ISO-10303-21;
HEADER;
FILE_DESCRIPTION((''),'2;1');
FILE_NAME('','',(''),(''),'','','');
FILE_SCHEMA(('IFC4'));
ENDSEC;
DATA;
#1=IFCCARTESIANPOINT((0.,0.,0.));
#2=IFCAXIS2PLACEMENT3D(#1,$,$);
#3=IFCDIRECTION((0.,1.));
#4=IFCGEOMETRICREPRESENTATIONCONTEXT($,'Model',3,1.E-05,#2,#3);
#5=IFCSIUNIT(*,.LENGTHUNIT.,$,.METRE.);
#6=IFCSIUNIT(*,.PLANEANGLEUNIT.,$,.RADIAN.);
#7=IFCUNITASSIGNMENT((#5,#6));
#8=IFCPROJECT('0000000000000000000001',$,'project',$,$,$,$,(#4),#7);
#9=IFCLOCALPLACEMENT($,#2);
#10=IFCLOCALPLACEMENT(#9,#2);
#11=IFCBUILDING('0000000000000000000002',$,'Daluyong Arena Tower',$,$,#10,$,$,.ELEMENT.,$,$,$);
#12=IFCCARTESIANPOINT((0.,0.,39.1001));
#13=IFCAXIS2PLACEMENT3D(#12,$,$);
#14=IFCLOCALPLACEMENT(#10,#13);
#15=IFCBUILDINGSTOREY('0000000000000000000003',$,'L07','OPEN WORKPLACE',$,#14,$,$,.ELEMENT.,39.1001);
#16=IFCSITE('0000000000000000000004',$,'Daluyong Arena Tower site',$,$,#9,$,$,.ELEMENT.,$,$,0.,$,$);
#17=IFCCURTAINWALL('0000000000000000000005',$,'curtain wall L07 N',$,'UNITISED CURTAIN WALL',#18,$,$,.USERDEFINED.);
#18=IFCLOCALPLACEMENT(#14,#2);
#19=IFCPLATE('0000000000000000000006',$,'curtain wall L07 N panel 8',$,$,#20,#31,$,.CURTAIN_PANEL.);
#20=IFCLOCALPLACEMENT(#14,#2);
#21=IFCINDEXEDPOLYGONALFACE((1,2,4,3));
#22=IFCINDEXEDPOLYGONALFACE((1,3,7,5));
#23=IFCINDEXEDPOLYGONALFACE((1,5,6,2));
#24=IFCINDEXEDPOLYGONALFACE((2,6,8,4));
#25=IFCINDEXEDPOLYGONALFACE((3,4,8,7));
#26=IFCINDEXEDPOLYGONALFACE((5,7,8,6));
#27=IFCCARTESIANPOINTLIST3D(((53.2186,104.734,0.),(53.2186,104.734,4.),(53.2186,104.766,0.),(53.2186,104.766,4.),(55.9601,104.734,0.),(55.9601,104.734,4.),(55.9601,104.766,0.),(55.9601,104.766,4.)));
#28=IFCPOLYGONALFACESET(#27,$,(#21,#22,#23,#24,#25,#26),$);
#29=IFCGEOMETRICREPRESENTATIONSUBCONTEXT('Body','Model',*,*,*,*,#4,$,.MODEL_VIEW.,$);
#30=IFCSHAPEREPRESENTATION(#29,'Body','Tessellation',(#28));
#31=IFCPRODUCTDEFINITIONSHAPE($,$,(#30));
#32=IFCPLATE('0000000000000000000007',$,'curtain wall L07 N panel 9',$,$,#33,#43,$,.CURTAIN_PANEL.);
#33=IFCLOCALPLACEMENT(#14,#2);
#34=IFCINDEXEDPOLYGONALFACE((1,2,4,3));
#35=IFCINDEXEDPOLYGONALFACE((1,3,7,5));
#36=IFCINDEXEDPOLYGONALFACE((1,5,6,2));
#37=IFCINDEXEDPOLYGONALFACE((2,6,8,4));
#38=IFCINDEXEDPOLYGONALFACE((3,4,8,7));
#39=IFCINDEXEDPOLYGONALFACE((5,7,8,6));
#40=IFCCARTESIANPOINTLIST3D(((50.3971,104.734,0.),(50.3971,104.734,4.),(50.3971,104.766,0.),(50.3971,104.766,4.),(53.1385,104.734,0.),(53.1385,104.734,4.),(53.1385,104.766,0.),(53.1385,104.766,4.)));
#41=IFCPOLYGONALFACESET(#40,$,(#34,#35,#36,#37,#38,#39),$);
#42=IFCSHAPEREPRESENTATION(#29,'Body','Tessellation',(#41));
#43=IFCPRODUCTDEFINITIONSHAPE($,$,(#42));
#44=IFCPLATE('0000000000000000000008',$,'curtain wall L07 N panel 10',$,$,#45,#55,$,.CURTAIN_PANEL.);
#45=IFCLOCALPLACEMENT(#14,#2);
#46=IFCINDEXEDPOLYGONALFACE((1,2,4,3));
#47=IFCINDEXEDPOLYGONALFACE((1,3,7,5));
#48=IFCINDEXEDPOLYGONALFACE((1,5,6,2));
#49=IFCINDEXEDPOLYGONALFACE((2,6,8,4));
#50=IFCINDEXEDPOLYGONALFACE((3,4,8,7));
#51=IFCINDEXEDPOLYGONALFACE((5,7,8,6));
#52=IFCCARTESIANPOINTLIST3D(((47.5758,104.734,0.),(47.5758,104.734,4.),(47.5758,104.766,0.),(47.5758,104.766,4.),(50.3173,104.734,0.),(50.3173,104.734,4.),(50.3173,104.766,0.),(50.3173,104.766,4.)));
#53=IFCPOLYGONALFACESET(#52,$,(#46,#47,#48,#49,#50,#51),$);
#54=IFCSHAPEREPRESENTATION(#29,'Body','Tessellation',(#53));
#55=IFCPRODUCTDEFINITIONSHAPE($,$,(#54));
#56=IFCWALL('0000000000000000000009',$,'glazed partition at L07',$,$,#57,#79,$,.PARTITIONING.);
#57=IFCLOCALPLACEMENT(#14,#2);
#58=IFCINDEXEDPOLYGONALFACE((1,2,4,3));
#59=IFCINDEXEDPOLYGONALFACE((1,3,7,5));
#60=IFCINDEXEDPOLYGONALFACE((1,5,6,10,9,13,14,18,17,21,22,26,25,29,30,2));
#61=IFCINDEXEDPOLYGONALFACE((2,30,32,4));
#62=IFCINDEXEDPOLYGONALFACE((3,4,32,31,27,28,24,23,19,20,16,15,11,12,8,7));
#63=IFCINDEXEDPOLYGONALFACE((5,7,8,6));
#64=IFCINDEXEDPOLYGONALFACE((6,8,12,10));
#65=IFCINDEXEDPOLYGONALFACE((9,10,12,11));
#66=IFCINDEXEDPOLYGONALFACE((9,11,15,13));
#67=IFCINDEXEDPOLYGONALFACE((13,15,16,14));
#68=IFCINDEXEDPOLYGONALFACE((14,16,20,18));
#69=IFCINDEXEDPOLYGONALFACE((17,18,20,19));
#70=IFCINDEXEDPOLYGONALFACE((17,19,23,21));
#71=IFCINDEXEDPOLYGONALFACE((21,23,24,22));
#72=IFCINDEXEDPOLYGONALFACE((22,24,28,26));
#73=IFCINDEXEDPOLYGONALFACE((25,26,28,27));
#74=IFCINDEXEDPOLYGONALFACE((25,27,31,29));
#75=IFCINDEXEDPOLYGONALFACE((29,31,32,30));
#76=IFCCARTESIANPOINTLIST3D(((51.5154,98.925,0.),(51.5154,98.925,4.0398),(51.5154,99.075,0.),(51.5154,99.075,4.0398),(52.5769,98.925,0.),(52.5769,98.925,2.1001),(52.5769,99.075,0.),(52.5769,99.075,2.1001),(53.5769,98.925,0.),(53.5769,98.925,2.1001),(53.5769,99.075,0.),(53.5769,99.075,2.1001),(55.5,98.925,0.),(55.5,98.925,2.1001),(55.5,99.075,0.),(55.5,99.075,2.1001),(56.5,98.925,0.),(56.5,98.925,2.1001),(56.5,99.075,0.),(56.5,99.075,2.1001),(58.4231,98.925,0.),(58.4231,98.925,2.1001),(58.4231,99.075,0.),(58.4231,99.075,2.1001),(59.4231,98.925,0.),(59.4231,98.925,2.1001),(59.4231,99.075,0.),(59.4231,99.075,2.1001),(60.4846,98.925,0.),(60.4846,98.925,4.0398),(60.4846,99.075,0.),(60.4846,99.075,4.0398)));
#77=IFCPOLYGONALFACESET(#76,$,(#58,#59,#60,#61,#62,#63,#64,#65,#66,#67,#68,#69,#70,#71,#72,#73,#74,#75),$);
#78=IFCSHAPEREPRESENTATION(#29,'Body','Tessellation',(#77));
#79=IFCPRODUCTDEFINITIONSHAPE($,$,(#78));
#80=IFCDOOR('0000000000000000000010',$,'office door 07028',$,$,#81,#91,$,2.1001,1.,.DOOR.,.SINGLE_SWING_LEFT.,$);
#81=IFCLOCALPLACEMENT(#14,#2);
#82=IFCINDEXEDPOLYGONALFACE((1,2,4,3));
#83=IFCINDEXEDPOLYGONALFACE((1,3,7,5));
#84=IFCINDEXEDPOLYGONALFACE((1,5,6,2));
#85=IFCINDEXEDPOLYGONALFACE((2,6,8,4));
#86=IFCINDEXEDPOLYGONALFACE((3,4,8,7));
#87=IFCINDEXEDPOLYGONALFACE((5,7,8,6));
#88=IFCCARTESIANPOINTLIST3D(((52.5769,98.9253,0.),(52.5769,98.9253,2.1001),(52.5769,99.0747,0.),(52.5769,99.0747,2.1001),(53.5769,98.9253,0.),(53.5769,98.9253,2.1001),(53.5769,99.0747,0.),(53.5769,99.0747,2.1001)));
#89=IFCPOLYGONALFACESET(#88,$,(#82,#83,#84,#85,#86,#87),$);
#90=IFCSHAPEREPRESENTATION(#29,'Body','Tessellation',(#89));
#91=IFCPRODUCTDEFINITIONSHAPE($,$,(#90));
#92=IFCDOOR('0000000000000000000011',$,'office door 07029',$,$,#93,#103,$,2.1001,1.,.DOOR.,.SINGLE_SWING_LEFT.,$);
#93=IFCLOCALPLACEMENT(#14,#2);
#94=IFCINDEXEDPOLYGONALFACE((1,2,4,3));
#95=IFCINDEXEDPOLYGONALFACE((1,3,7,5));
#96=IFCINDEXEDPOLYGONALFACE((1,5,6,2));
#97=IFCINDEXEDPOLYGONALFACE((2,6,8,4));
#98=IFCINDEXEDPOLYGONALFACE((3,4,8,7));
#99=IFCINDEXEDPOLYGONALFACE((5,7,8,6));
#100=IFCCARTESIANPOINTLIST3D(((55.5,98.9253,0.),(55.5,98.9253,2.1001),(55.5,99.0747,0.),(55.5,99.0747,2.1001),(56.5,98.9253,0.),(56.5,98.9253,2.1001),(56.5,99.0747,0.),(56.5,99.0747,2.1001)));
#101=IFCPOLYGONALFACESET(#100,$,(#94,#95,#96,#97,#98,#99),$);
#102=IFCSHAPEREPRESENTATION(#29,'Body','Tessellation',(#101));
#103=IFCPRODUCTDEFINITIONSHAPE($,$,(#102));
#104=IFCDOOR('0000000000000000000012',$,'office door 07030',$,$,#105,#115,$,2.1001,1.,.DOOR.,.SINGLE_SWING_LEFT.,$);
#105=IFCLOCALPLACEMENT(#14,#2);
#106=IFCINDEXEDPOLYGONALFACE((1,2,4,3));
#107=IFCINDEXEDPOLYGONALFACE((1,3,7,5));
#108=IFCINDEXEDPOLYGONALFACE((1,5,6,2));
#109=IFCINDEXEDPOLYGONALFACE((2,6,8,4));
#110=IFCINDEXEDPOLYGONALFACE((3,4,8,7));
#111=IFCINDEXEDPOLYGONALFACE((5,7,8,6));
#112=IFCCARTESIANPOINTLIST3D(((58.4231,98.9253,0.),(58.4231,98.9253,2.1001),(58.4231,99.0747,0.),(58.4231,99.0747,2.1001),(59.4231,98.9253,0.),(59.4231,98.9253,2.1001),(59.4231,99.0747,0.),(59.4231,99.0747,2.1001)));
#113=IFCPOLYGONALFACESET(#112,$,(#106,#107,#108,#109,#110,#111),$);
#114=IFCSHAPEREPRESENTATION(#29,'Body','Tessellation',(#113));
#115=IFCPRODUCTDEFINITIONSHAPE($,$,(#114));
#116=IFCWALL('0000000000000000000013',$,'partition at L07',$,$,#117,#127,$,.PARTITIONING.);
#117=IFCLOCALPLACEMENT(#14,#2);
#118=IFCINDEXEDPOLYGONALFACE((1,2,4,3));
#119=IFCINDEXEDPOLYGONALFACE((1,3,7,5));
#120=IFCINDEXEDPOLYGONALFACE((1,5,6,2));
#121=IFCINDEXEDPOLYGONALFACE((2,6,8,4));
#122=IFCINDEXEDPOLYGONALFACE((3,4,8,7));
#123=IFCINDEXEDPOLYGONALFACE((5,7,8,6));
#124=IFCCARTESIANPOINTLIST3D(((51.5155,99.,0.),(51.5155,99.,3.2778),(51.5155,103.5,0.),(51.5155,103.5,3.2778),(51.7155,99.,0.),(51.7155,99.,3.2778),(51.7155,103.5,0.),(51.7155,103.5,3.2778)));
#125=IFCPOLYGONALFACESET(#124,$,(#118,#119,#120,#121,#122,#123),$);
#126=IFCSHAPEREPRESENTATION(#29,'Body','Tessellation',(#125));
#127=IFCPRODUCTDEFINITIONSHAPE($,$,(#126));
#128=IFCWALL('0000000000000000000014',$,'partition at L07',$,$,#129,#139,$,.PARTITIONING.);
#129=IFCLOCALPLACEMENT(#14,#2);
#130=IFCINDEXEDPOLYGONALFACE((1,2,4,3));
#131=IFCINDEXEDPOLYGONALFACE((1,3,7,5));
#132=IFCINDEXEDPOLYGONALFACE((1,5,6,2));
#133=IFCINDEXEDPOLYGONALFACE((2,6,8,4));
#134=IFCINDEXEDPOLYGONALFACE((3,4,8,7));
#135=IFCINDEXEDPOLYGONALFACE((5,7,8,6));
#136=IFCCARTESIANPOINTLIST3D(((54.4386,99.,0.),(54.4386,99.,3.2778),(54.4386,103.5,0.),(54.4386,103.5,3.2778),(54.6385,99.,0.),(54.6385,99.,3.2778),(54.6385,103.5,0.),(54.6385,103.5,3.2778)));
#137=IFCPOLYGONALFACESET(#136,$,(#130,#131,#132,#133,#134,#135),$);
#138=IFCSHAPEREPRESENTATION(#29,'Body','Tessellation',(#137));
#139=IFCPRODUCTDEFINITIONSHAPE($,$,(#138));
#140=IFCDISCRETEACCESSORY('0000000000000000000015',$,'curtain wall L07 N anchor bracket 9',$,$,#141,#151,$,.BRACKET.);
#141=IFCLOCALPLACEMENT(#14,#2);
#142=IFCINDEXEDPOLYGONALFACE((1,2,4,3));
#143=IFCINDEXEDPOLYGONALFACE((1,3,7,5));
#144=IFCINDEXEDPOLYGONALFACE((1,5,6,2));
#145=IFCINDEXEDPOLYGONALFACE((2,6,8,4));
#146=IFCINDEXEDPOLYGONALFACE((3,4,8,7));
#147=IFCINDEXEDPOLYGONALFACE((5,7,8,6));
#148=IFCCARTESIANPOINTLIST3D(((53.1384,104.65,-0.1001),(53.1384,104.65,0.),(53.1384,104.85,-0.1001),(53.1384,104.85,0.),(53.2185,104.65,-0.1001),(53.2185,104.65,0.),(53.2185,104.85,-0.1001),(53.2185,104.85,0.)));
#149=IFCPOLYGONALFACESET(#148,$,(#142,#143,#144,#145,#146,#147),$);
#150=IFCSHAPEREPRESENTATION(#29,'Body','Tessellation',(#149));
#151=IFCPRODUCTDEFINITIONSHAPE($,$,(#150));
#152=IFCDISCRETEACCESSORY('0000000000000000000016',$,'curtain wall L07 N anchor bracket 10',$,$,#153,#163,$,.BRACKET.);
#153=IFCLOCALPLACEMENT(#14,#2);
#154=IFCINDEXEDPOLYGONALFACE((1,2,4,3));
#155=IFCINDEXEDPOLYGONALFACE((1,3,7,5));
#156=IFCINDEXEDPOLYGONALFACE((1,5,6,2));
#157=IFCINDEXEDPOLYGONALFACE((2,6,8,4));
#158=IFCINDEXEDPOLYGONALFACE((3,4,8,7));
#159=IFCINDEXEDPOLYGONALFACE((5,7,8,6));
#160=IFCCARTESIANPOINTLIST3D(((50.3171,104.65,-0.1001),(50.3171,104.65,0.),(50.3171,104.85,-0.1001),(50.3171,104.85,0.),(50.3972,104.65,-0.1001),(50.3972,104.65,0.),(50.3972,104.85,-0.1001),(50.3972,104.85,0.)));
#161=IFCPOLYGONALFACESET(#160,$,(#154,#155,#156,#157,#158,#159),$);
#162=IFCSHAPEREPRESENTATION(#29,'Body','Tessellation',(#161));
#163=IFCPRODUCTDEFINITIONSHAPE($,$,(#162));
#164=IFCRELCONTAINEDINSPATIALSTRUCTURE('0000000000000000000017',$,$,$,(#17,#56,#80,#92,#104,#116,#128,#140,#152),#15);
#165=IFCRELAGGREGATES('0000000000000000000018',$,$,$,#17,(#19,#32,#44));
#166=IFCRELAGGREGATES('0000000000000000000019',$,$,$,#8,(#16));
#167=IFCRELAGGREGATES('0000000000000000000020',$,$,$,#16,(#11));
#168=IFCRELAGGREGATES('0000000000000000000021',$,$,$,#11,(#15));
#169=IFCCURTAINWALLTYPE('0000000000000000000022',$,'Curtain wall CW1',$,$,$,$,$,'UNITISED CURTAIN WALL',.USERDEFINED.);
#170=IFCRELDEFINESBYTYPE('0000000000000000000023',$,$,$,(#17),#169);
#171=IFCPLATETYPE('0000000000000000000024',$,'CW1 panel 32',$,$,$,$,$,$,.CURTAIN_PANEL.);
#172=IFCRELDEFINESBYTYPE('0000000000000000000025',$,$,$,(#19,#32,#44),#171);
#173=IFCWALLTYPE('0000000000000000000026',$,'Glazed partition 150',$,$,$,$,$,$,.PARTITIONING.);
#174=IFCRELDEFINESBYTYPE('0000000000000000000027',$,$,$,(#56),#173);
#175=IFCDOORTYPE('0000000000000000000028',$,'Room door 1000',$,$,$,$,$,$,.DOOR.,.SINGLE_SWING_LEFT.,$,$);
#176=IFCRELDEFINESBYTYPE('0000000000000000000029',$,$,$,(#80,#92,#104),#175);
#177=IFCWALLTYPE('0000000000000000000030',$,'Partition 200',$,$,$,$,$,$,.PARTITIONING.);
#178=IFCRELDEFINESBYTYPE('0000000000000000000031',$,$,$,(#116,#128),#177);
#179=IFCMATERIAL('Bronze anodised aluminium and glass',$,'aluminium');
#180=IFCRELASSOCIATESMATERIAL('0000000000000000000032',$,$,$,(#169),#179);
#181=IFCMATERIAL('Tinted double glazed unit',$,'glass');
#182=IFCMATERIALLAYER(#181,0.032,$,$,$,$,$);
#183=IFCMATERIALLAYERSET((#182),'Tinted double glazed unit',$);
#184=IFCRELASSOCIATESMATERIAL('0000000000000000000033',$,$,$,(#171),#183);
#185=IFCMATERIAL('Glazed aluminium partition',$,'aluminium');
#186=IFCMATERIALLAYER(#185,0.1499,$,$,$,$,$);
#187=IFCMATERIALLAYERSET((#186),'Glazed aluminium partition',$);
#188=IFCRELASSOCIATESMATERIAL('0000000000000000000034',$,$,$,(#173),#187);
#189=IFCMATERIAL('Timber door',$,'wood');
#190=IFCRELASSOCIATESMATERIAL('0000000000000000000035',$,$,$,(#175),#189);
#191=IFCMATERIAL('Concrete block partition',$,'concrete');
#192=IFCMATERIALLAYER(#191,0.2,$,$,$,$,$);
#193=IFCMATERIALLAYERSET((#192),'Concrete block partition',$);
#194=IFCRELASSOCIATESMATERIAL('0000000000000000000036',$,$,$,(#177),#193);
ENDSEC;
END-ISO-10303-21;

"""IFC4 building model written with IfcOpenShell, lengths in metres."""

from ifc_helpers import new_model, si_unit, direction, frame, frame_2d, origin, origin_2d, place, context, subcontext, project, spatial, rectangle, extrude, material, layer, layer_set, type_object, element, fill, aggregate, save


model = new_model("IFC4")

# Units and contexts
model_context = context("Model", 3, precision=1e-05, world=origin(), true_north=direction((0.0, 1.0)))
body_context = subcontext(model_context, "Body", "Model", "MODEL_VIEW")
ifc_project = project(units=[si_unit("LENGTHUNIT", "METRE"), si_unit("PLANEANGLEUNIT", "RADIAN")], contexts=[model_context])

# Site, building, storey
site_placement = place(None, origin())
site = spatial("IfcSite", under=ifc_project, at=site_placement, Name="Daluyong Arena Tower site", CompositionType="ELEMENT", RefElevation=0.0)
building_placement = place(site_placement, origin())
building = spatial("IfcBuilding", under=site, at=building_placement, Name="Daluyong Arena Tower", CompositionType="ELEMENT")
storey_placement = place(building_placement, frame((0.0, 0.0, 39.1001)))
storey = spatial("IfcBuildingStorey", under=building, at=storey_placement, Name="L07", Description="OPEN WORKPLACE", CompositionType="ELEMENT", Elevation=39.1001)

# Curtain wall
ifc_material_1 = material(Name="Bronze anodised aluminium and glass", Category="aluminium")
curtain_wall_type = type_object("IfcCurtainWallType", Name="Curtain wall CW1", ElementType="UNITISED CURTAIN WALL", PredefinedType="USERDEFINED", material=ifc_material_1)
curtain_wall_placement = place(storey_placement, origin())
curtain_wall = element("IfcCurtainWall", 1, at=curtain_wall_placement, inside=storey, type_object=curtain_wall_type, Name="curtain wall L07 N", ObjectType="UNITISED CURTAIN WALL", PredefinedType="USERDEFINED")

# Plates
ifc_material_2 = material(Name="Tinted double glazed unit", Category="glass")
ifc_layer_1 = layer(ifc_material_2, 0.032)
ifc_layer_set_1 = layer_set([ifc_layer_1], Name="Tinted double glazed unit")
plate_type = type_object("IfcPlateType", Name="CW1 panel 32", PredefinedType="CURTAIN_PANEL", material=ifc_layer_set_1)
plate_1_placement = place(storey_placement, frame((54.5894, 104.75, 0.0), z_axis=(0.0, 0.0, 1.0), x_axis=(-1.0, 0.0, 0.0)))
plate_1 = element("IfcPlate", 2, at=plate_1_placement, type_object=plate_type, Name="curtain wall L07 N panel 8", PredefinedType="CURTAIN_PANEL", context=body_context, shape_type="SweptSolid", body=[
    extrude(rectangle(XDim=2.7415, YDim=0.032, at=origin_2d()), origin(), (0.0, 0.0, 1.0), 4.0),
])
plate_2_placement = place(storey_placement, frame((51.7678, 104.75, 0.0), z_axis=(0.0, 0.0, 1.0), x_axis=(-1.0, 0.0, 0.0)))
plate_2 = element("IfcPlate", 3, at=plate_2_placement, type_object=plate_type, Name="curtain wall L07 N panel 9", PredefinedType="CURTAIN_PANEL", context=body_context, shape_type="SweptSolid", body=[
    extrude(rectangle(XDim=2.7415, YDim=0.032, at=origin_2d()), origin(), (0.0, 0.0, 1.0), 4.0),
])
plate_3_placement = place(storey_placement, frame((48.9465, 104.75, 0.0), z_axis=(0.0, 0.0, 1.0), x_axis=(-1.0, 0.0, 0.0)))
plate_3 = element("IfcPlate", 4, at=plate_3_placement, type_object=plate_type, Name="curtain wall L07 N panel 10", PredefinedType="CURTAIN_PANEL", context=body_context, shape_type="SweptSolid", body=[
    extrude(rectangle(XDim=2.7415, YDim=0.032, at=origin_2d()), origin(), (0.0, 0.0, 1.0), 4.0),
])
aggregate(curtain_wall, [plate_1, plate_2, plate_3])

# Wall, openings, doors
ifc_material_3 = material(Name="Glazed aluminium partition", Category="aluminium")
ifc_layer_2 = layer(ifc_material_3, 0.1499)
ifc_layer_set_2 = layer_set([ifc_layer_2], Name="Glazed aluminium partition")
wall_type_1 = type_object("IfcWallType", Name="Glazed partition 150", PredefinedType="PARTITIONING", material=ifc_layer_set_2)
wall_placement = place(storey_placement, frame((51.5154, 99.0, 0.0), z_axis=(0.0, 0.0, 1.0), x_axis=(1.0, 0.0, 0.0)))
wall = element("IfcWall", 5, at=wall_placement, inside=storey, type_object=wall_type_1, Name="glazed partition at L07", PredefinedType="PARTITIONING", context=body_context, shape_type="SweptSolid", body=[
    extrude(rectangle(XDim=8.9692, YDim=0.1499, at=frame_2d((4.4846, 0.0))), origin(), (0.0, 0.0, 1.0), 4.0398),
])
opening_1_placement = place(wall_placement, frame((1.0615, 0.0, 0.0)))
opening_1 = element("IfcOpeningElement", 6, at=opening_1_placement, cuts=wall, PredefinedType="OPENING", context=body_context, shape_type="SweptSolid", body=[
    extrude(rectangle(XDim=1.0, YDim=2.1001, at=frame_2d((0.5, 1.05))), frame((0.0, 0.085, 0.0), z_axis=(0.0, -1.0, 0.0), x_axis=(1.0, 0.0, 0.0)), (0.0, 0.0, 1.0), 0.1699),
])
opening_2_placement = place(wall_placement, frame((3.9846, 0.0, 0.0)))
opening_2 = element("IfcOpeningElement", 7, at=opening_2_placement, cuts=wall, PredefinedType="OPENING", context=body_context, shape_type="SweptSolid", body=[
    extrude(rectangle(XDim=1.0, YDim=2.1001, at=frame_2d((0.5, 1.05))), frame((0.0, 0.085, 0.0), z_axis=(0.0, -1.0, 0.0), x_axis=(1.0, 0.0, 0.0)), (0.0, 0.0, 1.0), 0.1699),
])
opening_3_placement = place(wall_placement, frame((6.9077, 0.0, 0.0)))
opening_3 = element("IfcOpeningElement", 8, at=opening_3_placement, cuts=wall, PredefinedType="OPENING", context=body_context, shape_type="SweptSolid", body=[
    extrude(rectangle(XDim=1.0, YDim=2.1001, at=frame_2d((0.5, 1.05))), frame((0.0, 0.085, 0.0), z_axis=(0.0, -1.0, 0.0), x_axis=(1.0, 0.0, 0.0)), (0.0, 0.0, 1.0), 0.1699),
])
ifc_material_4 = material(Name="Timber door", Category="wood")
door_type = type_object("IfcDoorType", Name="Room door 1000", OperationType="SINGLE_SWING_LEFT", PredefinedType="DOOR", material=ifc_material_4)
door_1_placement = place(opening_1_placement, origin())
door_1 = element("IfcDoor", 9, at=door_1_placement, inside=storey, type_object=door_type, Name="office door 07028", OperationType="SINGLE_SWING_LEFT", OverallHeight=2.1001, OverallWidth=1.0, PredefinedType="DOOR", context=body_context, shape_type="SweptSolid", body=[
    extrude(rectangle(XDim=1.0, YDim=2.1001, at=frame_2d((0.5, 1.05))), frame((0.0, 0.0747, 0.0), z_axis=(0.0, -1.0, 0.0), x_axis=(1.0, 0.0, 0.0)), (0.0, 0.0, 1.0), 0.1494),
])
fill(opening_1, door_1)
door_2_placement = place(opening_2_placement, origin())
door_2 = element("IfcDoor", 10, at=door_2_placement, inside=storey, type_object=door_type, Name="office door 07029", OperationType="SINGLE_SWING_LEFT", OverallHeight=2.1001, OverallWidth=1.0, PredefinedType="DOOR", context=body_context, shape_type="SweptSolid", body=[
    extrude(rectangle(XDim=1.0, YDim=2.1001, at=frame_2d((0.5, 1.05))), frame((0.0, 0.0747, 0.0), z_axis=(0.0, -1.0, 0.0), x_axis=(1.0, 0.0, 0.0)), (0.0, 0.0, 1.0), 0.1494),
])
fill(opening_2, door_2)
door_3_placement = place(opening_3_placement, origin())
door_3 = element("IfcDoor", 11, at=door_3_placement, inside=storey, type_object=door_type, Name="office door 07030", OperationType="SINGLE_SWING_LEFT", OverallHeight=2.1001, OverallWidth=1.0, PredefinedType="DOOR", context=body_context, shape_type="SweptSolid", body=[
    extrude(rectangle(XDim=1.0, YDim=2.1001, at=frame_2d((0.5, 1.05))), frame((0.0, 0.0747, 0.0), z_axis=(0.0, -1.0, 0.0), x_axis=(1.0, 0.0, 0.0)), (0.0, 0.0, 1.0), 0.1494),
])
fill(opening_3, door_3)

# Walls
ifc_material_5 = material(Name="Concrete block partition", Category="concrete")
ifc_layer_3 = layer(ifc_material_5, 0.2)
ifc_layer_set_3 = layer_set([ifc_layer_3], Name="Concrete block partition")
wall_type_2 = type_object("IfcWallType", Name="Partition 200", PredefinedType="PARTITIONING", material=ifc_layer_set_3)
for number, where, z_axis, x_axis, name in (
    (12, (51.6155, 99.0, 0.0), (0.0, 0.0, 1.0), (0.0, 1.0, 0.0), "partition at L07"),
    (13, (54.5386, 99.0, 0.0), (0.0, 0.0, 1.0), (0.0, 1.0, 0.0), "partition at L07"),
):
    element("IfcWall", number, at=place(storey_placement, frame(where, z_axis=z_axis, x_axis=x_axis)), inside=storey, type_object=wall_type_2, Name=name, PredefinedType="PARTITIONING", context=body_context, shape_type="SweptSolid", body=[
        extrude(rectangle(XDim=4.5, YDim=0.2, at=frame_2d((2.25, 0.0))), origin(), (0.0, 0.0, 1.0), 3.2778),
    ])

# Discrete accessories
for number, where, z_axis, x_axis, name in (
    (14, (53.1785, 104.75, -0.1001), (0.0, 0.0, 1.0), (-1.0, 0.0, 0.0), "curtain wall L07 N anchor bracket 9"),
    (15, (50.3572, 104.75, -0.1001), (0.0, 0.0, 1.0), (-1.0, 0.0, 0.0), "curtain wall L07 N anchor bracket 10"),
):
    element("IfcDiscreteAccessory", number, at=place(storey_placement, frame(where, z_axis=z_axis, x_axis=x_axis)), inside=storey, Name=name, PredefinedType="BRACKET", context=body_context, shape_type="SweptSolid", body=[
        extrude(rectangle(XDim=0.0801, YDim=0.2, at=origin_2d()), origin(), (0.0, 0.0, 1.0), 0.1001),
    ])

save(model, "model.ifc")
